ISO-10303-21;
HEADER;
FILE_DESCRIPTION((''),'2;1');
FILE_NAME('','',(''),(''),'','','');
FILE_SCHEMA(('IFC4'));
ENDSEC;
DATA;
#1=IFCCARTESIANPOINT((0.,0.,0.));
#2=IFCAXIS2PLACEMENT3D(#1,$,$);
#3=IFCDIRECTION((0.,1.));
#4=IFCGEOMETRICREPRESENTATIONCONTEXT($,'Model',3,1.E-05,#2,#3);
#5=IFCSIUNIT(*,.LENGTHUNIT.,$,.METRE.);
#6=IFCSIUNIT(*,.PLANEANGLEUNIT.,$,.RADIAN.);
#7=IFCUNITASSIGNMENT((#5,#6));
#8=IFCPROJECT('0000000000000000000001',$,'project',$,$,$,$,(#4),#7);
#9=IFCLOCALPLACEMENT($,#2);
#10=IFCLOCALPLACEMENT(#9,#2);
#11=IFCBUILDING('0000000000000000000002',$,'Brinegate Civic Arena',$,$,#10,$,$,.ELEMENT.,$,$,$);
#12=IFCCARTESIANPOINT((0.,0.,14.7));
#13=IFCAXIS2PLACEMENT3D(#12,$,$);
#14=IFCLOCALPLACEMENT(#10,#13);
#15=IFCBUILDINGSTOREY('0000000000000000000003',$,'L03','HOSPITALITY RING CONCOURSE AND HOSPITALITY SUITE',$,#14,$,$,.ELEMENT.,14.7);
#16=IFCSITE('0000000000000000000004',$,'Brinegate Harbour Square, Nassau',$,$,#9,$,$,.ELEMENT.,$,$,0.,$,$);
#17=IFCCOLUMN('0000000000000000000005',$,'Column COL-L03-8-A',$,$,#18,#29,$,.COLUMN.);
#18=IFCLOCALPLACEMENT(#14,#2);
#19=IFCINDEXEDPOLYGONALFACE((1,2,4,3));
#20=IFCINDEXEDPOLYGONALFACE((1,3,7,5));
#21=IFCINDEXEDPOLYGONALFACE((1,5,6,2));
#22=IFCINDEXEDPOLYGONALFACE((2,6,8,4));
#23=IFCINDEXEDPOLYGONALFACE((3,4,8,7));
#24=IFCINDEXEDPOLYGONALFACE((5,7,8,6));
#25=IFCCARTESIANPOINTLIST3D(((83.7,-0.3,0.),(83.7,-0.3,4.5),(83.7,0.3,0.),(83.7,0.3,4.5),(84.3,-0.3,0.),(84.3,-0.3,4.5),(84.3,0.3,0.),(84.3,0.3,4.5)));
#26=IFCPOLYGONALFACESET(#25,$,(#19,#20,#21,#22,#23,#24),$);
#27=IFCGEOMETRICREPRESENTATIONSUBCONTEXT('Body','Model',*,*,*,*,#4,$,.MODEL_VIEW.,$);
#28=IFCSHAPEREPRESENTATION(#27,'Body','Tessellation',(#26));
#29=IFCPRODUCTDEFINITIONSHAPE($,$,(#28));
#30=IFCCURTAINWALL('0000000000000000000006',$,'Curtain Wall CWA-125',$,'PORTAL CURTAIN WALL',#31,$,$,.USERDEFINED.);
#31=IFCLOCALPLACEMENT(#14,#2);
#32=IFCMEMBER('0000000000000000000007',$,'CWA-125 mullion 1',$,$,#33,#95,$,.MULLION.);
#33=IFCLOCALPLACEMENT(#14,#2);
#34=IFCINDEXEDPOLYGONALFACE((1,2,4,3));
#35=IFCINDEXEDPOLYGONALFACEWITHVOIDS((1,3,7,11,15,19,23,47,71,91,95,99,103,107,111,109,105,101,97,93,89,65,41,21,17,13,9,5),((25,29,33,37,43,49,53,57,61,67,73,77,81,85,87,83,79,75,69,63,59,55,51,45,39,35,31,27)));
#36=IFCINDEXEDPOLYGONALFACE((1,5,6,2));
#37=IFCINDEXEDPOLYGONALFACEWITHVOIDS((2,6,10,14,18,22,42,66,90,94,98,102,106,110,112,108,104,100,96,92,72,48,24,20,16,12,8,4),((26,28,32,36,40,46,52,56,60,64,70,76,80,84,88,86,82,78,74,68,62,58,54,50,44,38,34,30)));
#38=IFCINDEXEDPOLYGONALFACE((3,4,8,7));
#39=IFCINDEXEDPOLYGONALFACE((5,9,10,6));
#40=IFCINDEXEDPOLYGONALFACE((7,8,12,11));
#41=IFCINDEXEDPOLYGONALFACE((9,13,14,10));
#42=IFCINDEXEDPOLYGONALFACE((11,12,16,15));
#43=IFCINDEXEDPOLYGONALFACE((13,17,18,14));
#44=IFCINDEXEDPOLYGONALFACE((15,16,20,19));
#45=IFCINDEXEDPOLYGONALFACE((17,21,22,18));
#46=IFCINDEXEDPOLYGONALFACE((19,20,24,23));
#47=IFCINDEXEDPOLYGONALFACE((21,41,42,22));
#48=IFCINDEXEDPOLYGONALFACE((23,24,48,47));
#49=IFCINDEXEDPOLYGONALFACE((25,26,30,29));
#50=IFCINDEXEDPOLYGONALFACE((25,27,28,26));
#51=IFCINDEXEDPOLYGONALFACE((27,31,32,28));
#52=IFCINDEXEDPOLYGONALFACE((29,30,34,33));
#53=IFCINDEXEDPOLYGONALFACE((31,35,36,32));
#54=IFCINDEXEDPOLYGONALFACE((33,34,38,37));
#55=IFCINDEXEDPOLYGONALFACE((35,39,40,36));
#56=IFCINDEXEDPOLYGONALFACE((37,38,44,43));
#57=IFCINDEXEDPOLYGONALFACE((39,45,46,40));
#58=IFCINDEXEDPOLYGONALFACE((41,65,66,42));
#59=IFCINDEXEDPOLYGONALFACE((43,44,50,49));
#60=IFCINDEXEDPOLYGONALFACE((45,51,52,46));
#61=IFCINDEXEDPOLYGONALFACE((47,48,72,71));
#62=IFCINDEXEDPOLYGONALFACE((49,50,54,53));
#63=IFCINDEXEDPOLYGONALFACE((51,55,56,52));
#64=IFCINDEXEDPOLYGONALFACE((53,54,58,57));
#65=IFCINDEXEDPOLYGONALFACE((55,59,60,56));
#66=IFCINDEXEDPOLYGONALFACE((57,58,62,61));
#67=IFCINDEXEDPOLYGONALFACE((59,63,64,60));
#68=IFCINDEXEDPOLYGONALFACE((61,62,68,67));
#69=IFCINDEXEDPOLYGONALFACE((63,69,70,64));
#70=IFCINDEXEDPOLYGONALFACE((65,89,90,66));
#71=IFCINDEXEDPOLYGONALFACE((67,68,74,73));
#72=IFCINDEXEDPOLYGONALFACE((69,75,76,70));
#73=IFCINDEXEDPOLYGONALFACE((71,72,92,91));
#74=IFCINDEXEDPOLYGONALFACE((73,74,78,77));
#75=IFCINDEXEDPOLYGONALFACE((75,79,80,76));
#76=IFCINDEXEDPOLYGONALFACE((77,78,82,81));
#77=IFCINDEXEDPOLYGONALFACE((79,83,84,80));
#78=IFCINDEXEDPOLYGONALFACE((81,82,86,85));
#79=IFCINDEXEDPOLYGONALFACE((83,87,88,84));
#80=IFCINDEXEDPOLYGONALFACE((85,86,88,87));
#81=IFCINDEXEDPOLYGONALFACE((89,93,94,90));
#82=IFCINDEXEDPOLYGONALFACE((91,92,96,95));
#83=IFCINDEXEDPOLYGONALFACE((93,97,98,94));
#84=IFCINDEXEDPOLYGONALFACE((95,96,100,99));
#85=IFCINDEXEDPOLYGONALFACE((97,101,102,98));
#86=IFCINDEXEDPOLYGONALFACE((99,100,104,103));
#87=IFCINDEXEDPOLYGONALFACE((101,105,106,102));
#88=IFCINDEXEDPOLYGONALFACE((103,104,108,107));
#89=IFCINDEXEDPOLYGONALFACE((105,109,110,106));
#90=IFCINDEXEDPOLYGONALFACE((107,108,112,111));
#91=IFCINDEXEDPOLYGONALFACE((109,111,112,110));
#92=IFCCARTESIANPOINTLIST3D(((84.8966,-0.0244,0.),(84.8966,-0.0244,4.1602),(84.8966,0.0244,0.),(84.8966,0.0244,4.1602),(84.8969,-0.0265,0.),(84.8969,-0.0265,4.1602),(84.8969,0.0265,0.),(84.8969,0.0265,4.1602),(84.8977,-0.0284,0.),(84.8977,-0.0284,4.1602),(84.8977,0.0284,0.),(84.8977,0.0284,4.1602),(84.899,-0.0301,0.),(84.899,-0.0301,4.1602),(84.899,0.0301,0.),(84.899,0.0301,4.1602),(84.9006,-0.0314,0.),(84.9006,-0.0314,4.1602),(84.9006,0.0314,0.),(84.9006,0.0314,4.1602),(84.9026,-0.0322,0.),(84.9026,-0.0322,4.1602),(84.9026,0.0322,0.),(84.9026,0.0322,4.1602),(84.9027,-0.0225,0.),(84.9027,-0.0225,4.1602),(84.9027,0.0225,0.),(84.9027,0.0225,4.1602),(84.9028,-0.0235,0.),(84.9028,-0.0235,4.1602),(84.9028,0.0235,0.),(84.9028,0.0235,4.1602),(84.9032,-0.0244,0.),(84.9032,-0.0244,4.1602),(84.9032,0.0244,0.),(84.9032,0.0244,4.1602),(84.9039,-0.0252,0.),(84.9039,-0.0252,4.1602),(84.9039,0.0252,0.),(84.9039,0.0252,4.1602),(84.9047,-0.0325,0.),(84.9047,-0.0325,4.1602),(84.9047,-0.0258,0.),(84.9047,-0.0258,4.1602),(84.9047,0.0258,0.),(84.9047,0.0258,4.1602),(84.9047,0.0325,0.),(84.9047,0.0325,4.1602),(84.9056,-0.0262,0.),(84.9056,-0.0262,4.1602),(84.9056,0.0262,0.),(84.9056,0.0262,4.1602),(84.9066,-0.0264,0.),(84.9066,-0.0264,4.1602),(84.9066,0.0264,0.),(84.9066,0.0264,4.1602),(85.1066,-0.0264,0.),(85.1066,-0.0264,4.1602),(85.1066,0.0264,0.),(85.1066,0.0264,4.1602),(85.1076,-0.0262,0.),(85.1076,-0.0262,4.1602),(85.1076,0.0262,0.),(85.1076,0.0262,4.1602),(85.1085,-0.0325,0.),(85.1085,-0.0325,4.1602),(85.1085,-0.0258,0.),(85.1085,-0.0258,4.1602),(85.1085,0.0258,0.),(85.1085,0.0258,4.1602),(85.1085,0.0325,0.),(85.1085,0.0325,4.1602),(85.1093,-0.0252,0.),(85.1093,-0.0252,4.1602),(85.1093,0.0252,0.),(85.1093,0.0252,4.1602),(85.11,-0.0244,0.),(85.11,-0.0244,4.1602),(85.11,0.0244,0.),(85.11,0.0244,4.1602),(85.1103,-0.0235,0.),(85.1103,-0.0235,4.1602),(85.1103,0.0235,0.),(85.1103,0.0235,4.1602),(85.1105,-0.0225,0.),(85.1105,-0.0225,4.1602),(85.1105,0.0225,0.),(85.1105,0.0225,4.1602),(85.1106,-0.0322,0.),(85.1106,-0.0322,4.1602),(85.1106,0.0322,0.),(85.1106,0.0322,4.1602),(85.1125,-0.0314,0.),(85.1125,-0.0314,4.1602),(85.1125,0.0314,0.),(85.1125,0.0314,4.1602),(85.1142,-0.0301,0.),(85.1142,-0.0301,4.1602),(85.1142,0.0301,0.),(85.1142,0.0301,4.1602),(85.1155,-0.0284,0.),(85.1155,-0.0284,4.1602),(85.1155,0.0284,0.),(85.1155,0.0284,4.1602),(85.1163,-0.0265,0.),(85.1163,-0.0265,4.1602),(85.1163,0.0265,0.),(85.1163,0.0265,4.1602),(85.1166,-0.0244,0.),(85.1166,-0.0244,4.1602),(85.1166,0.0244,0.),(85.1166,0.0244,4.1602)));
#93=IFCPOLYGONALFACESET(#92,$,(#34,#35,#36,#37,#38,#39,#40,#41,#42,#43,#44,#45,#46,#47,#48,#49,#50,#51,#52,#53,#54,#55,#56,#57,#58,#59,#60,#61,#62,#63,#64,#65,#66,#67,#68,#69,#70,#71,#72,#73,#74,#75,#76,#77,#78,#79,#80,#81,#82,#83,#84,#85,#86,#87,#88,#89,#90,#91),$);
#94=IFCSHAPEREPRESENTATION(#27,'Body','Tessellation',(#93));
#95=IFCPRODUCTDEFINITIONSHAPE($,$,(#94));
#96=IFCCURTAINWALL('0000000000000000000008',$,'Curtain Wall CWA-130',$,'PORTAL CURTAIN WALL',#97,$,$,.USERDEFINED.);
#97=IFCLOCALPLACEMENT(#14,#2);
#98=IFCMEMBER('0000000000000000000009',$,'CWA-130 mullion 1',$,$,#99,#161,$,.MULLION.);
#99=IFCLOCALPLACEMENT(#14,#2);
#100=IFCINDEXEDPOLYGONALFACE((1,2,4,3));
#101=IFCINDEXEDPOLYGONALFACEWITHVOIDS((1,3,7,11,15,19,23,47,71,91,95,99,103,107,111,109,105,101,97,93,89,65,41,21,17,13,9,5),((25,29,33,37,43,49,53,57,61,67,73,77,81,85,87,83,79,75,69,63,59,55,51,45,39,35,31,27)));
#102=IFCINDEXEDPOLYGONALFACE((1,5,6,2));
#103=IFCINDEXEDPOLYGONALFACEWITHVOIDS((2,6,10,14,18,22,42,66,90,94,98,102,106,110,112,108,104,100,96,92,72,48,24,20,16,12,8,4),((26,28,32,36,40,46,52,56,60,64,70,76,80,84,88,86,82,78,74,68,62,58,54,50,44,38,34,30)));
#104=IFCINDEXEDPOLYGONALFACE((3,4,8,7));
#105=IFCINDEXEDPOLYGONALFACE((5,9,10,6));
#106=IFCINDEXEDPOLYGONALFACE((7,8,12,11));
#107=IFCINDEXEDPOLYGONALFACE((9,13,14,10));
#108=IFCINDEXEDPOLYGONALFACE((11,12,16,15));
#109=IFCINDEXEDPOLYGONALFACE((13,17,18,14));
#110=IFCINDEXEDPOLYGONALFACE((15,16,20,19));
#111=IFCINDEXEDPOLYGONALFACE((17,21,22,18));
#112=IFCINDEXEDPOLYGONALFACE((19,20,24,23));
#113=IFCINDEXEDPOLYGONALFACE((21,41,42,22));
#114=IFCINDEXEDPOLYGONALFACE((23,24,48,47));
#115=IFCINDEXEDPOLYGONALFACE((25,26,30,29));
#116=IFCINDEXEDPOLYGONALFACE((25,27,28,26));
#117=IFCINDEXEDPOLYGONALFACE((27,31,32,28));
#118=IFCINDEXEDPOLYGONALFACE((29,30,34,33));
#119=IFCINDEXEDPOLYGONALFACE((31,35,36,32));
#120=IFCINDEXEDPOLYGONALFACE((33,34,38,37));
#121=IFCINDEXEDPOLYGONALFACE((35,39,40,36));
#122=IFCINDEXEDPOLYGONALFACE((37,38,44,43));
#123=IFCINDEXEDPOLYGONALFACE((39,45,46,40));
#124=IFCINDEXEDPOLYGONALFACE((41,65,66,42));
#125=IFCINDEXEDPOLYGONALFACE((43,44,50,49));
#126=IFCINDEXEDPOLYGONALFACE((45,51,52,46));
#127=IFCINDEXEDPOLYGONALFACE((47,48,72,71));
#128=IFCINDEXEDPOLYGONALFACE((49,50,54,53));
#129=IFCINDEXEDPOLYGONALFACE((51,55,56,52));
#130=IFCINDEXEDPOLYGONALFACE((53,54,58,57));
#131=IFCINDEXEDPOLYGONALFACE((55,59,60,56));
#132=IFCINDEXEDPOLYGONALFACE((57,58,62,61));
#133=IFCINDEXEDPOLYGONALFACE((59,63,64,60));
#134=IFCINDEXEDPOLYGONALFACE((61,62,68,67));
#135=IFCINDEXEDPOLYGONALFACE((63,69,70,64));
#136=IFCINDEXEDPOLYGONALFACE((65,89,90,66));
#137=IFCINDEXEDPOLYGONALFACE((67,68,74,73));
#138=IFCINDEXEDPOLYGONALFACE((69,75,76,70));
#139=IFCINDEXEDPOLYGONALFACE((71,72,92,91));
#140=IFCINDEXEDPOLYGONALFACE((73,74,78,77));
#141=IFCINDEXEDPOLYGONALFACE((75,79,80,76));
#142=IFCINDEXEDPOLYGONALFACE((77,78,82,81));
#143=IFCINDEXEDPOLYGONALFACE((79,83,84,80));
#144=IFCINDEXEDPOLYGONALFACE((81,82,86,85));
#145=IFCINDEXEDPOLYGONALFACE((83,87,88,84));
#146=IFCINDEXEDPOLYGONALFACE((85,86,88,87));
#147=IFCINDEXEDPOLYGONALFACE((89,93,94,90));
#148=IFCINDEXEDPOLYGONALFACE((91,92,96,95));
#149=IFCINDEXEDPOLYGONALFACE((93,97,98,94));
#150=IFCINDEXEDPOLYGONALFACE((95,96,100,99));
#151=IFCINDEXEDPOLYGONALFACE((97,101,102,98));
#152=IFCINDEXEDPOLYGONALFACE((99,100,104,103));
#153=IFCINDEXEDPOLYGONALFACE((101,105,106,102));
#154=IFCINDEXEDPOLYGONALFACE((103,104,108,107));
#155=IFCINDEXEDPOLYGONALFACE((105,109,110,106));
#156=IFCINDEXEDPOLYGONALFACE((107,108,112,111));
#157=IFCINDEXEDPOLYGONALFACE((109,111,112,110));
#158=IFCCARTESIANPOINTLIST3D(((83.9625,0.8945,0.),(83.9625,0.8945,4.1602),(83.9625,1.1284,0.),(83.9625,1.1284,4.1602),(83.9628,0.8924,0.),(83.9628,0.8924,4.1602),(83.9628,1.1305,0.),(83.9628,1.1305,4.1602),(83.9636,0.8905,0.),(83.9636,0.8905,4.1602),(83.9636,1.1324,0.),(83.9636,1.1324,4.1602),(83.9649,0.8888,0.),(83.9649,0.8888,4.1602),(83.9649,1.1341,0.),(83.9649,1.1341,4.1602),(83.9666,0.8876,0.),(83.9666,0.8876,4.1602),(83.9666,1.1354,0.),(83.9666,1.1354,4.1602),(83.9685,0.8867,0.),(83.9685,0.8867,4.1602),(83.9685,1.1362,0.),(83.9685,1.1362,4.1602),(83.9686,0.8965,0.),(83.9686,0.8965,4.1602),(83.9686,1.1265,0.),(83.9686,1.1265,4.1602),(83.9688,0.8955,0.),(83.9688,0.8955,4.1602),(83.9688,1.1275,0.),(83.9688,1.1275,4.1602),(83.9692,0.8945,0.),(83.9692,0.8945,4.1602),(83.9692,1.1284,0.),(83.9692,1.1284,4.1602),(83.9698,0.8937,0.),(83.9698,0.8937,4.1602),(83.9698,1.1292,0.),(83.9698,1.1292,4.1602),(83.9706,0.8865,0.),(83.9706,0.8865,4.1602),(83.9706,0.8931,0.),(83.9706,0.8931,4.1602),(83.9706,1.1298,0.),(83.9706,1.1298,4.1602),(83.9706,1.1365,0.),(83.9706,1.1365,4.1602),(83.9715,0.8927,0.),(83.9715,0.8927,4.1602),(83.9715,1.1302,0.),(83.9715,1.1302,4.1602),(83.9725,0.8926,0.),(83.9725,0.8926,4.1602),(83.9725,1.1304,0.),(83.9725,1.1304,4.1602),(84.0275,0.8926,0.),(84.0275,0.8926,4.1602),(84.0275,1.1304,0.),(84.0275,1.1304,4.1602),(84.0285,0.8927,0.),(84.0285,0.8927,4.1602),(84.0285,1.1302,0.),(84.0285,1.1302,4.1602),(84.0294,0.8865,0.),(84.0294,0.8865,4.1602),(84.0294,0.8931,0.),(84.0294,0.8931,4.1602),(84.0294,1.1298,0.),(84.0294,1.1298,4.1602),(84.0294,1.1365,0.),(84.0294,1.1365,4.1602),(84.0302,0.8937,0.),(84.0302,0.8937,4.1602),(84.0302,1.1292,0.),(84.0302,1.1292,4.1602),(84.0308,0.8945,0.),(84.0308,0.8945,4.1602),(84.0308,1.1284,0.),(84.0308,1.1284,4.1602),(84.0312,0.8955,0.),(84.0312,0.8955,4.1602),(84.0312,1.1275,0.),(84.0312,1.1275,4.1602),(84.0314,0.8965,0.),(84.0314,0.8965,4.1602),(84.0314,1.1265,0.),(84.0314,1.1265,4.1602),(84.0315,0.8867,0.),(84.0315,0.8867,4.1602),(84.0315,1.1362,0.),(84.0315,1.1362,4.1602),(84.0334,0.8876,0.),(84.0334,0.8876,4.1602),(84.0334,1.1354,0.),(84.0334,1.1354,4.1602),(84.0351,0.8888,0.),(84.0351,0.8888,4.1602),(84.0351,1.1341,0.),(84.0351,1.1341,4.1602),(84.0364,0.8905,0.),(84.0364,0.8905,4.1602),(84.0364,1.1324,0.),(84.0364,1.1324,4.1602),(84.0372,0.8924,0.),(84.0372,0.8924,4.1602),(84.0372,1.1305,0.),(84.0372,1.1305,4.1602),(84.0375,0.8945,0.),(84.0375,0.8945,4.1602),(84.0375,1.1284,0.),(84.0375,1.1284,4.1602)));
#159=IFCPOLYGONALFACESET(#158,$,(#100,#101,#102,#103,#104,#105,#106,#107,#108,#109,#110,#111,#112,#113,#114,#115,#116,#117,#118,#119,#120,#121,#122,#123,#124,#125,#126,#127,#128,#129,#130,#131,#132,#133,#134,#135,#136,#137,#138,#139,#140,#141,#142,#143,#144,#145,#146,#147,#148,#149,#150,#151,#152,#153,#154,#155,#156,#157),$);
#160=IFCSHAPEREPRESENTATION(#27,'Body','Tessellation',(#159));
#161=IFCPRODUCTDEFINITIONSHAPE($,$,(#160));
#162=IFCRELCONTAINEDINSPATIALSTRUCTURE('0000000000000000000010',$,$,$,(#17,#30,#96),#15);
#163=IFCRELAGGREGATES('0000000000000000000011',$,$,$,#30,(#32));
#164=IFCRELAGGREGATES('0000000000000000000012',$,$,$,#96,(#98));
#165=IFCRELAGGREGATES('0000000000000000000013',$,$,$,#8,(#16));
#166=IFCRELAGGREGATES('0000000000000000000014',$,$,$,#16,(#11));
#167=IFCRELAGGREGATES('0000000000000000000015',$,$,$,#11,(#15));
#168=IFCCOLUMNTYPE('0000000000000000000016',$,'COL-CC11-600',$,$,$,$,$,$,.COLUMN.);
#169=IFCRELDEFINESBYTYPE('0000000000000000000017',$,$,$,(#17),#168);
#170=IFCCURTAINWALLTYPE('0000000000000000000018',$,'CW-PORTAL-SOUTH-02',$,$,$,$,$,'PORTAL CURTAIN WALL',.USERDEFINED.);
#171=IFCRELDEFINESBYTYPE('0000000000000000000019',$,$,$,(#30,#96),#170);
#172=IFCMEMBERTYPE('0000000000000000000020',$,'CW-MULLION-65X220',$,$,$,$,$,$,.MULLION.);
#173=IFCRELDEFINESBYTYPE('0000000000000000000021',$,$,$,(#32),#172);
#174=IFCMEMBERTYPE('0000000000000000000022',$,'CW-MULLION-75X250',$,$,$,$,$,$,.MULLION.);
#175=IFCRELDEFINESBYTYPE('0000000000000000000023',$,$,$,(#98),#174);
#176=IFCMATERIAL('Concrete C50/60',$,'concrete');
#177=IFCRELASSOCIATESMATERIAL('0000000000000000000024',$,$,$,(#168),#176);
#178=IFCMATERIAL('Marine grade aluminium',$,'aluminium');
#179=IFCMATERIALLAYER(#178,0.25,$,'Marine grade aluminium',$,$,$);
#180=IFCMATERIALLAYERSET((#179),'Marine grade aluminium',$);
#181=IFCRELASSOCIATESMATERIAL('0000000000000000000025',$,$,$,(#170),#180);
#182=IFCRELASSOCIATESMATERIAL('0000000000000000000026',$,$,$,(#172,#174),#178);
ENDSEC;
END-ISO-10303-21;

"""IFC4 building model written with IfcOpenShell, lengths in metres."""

from ifc_helpers import new_model, si_unit, direction, frame, origin, origin_2d, place, context, subcontext, project, spatial, rectangle, hollow_rectangle, extrude, material, layer, layer_set, material_profile, profile_set, type_object, element, aggregate, save


model = new_model("IFC4")

# Units and contexts
model_context = context("Model", 3, precision=1e-05, world=origin(), true_north=direction((0.0, 1.0)))
body_context = subcontext(model_context, "Body", "Model", "MODEL_VIEW")
ifc_project = project(units=[si_unit("LENGTHUNIT", "METRE"), si_unit("PLANEANGLEUNIT", "RADIAN")], contexts=[model_context])

# Site, building, storey
site_placement = place(None, origin())
site = spatial("IfcSite", under=ifc_project, at=site_placement, Name="Brinegate Harbour Square, Nassau", CompositionType="ELEMENT", RefElevation=0.0)
building_placement = place(site_placement, origin())
building = spatial("IfcBuilding", under=site, at=building_placement, Name="Brinegate Civic Arena", CompositionType="ELEMENT")
storey_placement = place(building_placement, frame((0.0, 0.0, 14.7)))
storey = spatial("IfcBuildingStorey", under=building, at=storey_placement, Name="L03", Description="HOSPITALITY RING CONCOURSE AND HOSPITALITY SUITE", CompositionType="ELEMENT", Elevation=14.7)

# Column
ifc_material_1 = material(Name="Concrete C50/60", Category="concrete")
ifc_material_profile_1 = material_profile(ifc_material_1, rectangle(XDim=0.6001, YDim=0.6001, at=origin_2d()), Name="RC600X600")
ifc_profile_set_1 = profile_set([ifc_material_profile_1], Name="Concrete C50/60")
column_type = type_object("IfcColumnType", Name="COL-CC11-600", PredefinedType="COLUMN", material=ifc_profile_set_1)
column_placement = place(storey_placement, frame((84.0, 0.0, 0.0), z_axis=(0.0, 0.0, 1.0), x_axis=(1.0, 0.0, 0.0)))
element("IfcColumn", 1, at=column_placement, inside=storey, type_object=column_type, Name="Column COL-L03-8-A", PredefinedType="COLUMN", context=body_context, shape_type="SweptSolid", body=[
    extrude(rectangle(XDim=0.6001, YDim=0.6001, at=origin_2d()), origin(), (0.0, 0.0, 1.0), 4.5),
])

# Curtain wall, member
ifc_material_2 = material(Name="Marine grade aluminium", Category="aluminium")
ifc_layer_1 = layer(ifc_material_2, 0.25, Name="Marine grade aluminium")
ifc_layer_set_1 = layer_set([ifc_layer_1], Name="Marine grade aluminium")
curtain_wall_type = type_object("IfcCurtainWallType", Name="CW-PORTAL-SOUTH-02", ElementType="PORTAL CURTAIN WALL", PredefinedType="USERDEFINED", material=ifc_layer_set_1)
curtain_wall_1_placement = place(storey_placement, origin())
curtain_wall_1 = element("IfcCurtainWall", 2, at=curtain_wall_1_placement, inside=storey, type_object=curtain_wall_type, Name="Curtain Wall CWA-125", ObjectType="PORTAL CURTAIN WALL", PredefinedType="USERDEFINED")
ifc_material_profile_2 = material_profile(ifc_material_2, hollow_rectangle(XDim=0.0649, YDim=0.22, WallThickness=0.0061, InnerFilletRadius=0.0039, OuterFilletRadius=0.0081, at=origin_2d()), Name="MUL65X220")
ifc_profile_set_2 = profile_set([ifc_material_profile_2], Name="Marine grade aluminium")
member_type_1 = type_object("IfcMemberType", Name="CW-MULLION-65X220", PredefinedType="MULLION", material=ifc_profile_set_2)
member_1_placement = place(storey_placement, frame((85.0066, 0.0, 0.0), z_axis=(0.0, 0.0, 1.0), x_axis=(0.0, 1.0, 0.0)))
member_1 = element("IfcMember", 3, at=member_1_placement, type_object=member_type_1, Name="CWA-125 mullion 1", PredefinedType="MULLION", context=body_context, shape_type="SweptSolid", body=[
    extrude(hollow_rectangle(XDim=0.0649, YDim=0.22, WallThickness=0.0061, InnerFilletRadius=0.0039, OuterFilletRadius=0.0081, at=origin_2d()), origin(), (0.0, 0.0, 1.0), 4.1602),
])

# Curtain wall, member
curtain_wall_2_placement = place(storey_placement, origin())
curtain_wall_2 = element("IfcCurtainWall", 4, at=curtain_wall_2_placement, inside=storey, type_object=curtain_wall_type, Name="Curtain Wall CWA-130", ObjectType="PORTAL CURTAIN WALL", PredefinedType="USERDEFINED")
ifc_material_profile_3 = material_profile(ifc_material_2, hollow_rectangle(XDim=0.075, YDim=0.25, WallThickness=0.0061, InnerFilletRadius=0.0039, OuterFilletRadius=0.0081, at=origin_2d()), Name="MUL75X250")
ifc_profile_set_3 = profile_set([ifc_material_profile_3], Name="Marine grade aluminium")
member_type_2 = type_object("IfcMemberType", Name="CW-MULLION-75X250", PredefinedType="MULLION", material=ifc_profile_set_3)
member_2_placement = place(storey_placement, frame((84.0, 1.0115, 0.0), z_axis=(0.0, 0.0, 1.0), x_axis=(-1.0, 0.0, 0.0)))
member_2 = element("IfcMember", 5, at=member_2_placement, type_object=member_type_2, Name="CWA-130 mullion 1", PredefinedType="MULLION", context=body_context, shape_type="SweptSolid", body=[
    extrude(hollow_rectangle(XDim=0.075, YDim=0.25, WallThickness=0.0061, InnerFilletRadius=0.0039, OuterFilletRadius=0.0081, at=origin_2d()), origin(), (0.0, 0.0, 1.0), 4.1602),
])

aggregate(curtain_wall_1, [member_1])

aggregate(curtain_wall_2, [member_2])

save(model, "model.ifc")
